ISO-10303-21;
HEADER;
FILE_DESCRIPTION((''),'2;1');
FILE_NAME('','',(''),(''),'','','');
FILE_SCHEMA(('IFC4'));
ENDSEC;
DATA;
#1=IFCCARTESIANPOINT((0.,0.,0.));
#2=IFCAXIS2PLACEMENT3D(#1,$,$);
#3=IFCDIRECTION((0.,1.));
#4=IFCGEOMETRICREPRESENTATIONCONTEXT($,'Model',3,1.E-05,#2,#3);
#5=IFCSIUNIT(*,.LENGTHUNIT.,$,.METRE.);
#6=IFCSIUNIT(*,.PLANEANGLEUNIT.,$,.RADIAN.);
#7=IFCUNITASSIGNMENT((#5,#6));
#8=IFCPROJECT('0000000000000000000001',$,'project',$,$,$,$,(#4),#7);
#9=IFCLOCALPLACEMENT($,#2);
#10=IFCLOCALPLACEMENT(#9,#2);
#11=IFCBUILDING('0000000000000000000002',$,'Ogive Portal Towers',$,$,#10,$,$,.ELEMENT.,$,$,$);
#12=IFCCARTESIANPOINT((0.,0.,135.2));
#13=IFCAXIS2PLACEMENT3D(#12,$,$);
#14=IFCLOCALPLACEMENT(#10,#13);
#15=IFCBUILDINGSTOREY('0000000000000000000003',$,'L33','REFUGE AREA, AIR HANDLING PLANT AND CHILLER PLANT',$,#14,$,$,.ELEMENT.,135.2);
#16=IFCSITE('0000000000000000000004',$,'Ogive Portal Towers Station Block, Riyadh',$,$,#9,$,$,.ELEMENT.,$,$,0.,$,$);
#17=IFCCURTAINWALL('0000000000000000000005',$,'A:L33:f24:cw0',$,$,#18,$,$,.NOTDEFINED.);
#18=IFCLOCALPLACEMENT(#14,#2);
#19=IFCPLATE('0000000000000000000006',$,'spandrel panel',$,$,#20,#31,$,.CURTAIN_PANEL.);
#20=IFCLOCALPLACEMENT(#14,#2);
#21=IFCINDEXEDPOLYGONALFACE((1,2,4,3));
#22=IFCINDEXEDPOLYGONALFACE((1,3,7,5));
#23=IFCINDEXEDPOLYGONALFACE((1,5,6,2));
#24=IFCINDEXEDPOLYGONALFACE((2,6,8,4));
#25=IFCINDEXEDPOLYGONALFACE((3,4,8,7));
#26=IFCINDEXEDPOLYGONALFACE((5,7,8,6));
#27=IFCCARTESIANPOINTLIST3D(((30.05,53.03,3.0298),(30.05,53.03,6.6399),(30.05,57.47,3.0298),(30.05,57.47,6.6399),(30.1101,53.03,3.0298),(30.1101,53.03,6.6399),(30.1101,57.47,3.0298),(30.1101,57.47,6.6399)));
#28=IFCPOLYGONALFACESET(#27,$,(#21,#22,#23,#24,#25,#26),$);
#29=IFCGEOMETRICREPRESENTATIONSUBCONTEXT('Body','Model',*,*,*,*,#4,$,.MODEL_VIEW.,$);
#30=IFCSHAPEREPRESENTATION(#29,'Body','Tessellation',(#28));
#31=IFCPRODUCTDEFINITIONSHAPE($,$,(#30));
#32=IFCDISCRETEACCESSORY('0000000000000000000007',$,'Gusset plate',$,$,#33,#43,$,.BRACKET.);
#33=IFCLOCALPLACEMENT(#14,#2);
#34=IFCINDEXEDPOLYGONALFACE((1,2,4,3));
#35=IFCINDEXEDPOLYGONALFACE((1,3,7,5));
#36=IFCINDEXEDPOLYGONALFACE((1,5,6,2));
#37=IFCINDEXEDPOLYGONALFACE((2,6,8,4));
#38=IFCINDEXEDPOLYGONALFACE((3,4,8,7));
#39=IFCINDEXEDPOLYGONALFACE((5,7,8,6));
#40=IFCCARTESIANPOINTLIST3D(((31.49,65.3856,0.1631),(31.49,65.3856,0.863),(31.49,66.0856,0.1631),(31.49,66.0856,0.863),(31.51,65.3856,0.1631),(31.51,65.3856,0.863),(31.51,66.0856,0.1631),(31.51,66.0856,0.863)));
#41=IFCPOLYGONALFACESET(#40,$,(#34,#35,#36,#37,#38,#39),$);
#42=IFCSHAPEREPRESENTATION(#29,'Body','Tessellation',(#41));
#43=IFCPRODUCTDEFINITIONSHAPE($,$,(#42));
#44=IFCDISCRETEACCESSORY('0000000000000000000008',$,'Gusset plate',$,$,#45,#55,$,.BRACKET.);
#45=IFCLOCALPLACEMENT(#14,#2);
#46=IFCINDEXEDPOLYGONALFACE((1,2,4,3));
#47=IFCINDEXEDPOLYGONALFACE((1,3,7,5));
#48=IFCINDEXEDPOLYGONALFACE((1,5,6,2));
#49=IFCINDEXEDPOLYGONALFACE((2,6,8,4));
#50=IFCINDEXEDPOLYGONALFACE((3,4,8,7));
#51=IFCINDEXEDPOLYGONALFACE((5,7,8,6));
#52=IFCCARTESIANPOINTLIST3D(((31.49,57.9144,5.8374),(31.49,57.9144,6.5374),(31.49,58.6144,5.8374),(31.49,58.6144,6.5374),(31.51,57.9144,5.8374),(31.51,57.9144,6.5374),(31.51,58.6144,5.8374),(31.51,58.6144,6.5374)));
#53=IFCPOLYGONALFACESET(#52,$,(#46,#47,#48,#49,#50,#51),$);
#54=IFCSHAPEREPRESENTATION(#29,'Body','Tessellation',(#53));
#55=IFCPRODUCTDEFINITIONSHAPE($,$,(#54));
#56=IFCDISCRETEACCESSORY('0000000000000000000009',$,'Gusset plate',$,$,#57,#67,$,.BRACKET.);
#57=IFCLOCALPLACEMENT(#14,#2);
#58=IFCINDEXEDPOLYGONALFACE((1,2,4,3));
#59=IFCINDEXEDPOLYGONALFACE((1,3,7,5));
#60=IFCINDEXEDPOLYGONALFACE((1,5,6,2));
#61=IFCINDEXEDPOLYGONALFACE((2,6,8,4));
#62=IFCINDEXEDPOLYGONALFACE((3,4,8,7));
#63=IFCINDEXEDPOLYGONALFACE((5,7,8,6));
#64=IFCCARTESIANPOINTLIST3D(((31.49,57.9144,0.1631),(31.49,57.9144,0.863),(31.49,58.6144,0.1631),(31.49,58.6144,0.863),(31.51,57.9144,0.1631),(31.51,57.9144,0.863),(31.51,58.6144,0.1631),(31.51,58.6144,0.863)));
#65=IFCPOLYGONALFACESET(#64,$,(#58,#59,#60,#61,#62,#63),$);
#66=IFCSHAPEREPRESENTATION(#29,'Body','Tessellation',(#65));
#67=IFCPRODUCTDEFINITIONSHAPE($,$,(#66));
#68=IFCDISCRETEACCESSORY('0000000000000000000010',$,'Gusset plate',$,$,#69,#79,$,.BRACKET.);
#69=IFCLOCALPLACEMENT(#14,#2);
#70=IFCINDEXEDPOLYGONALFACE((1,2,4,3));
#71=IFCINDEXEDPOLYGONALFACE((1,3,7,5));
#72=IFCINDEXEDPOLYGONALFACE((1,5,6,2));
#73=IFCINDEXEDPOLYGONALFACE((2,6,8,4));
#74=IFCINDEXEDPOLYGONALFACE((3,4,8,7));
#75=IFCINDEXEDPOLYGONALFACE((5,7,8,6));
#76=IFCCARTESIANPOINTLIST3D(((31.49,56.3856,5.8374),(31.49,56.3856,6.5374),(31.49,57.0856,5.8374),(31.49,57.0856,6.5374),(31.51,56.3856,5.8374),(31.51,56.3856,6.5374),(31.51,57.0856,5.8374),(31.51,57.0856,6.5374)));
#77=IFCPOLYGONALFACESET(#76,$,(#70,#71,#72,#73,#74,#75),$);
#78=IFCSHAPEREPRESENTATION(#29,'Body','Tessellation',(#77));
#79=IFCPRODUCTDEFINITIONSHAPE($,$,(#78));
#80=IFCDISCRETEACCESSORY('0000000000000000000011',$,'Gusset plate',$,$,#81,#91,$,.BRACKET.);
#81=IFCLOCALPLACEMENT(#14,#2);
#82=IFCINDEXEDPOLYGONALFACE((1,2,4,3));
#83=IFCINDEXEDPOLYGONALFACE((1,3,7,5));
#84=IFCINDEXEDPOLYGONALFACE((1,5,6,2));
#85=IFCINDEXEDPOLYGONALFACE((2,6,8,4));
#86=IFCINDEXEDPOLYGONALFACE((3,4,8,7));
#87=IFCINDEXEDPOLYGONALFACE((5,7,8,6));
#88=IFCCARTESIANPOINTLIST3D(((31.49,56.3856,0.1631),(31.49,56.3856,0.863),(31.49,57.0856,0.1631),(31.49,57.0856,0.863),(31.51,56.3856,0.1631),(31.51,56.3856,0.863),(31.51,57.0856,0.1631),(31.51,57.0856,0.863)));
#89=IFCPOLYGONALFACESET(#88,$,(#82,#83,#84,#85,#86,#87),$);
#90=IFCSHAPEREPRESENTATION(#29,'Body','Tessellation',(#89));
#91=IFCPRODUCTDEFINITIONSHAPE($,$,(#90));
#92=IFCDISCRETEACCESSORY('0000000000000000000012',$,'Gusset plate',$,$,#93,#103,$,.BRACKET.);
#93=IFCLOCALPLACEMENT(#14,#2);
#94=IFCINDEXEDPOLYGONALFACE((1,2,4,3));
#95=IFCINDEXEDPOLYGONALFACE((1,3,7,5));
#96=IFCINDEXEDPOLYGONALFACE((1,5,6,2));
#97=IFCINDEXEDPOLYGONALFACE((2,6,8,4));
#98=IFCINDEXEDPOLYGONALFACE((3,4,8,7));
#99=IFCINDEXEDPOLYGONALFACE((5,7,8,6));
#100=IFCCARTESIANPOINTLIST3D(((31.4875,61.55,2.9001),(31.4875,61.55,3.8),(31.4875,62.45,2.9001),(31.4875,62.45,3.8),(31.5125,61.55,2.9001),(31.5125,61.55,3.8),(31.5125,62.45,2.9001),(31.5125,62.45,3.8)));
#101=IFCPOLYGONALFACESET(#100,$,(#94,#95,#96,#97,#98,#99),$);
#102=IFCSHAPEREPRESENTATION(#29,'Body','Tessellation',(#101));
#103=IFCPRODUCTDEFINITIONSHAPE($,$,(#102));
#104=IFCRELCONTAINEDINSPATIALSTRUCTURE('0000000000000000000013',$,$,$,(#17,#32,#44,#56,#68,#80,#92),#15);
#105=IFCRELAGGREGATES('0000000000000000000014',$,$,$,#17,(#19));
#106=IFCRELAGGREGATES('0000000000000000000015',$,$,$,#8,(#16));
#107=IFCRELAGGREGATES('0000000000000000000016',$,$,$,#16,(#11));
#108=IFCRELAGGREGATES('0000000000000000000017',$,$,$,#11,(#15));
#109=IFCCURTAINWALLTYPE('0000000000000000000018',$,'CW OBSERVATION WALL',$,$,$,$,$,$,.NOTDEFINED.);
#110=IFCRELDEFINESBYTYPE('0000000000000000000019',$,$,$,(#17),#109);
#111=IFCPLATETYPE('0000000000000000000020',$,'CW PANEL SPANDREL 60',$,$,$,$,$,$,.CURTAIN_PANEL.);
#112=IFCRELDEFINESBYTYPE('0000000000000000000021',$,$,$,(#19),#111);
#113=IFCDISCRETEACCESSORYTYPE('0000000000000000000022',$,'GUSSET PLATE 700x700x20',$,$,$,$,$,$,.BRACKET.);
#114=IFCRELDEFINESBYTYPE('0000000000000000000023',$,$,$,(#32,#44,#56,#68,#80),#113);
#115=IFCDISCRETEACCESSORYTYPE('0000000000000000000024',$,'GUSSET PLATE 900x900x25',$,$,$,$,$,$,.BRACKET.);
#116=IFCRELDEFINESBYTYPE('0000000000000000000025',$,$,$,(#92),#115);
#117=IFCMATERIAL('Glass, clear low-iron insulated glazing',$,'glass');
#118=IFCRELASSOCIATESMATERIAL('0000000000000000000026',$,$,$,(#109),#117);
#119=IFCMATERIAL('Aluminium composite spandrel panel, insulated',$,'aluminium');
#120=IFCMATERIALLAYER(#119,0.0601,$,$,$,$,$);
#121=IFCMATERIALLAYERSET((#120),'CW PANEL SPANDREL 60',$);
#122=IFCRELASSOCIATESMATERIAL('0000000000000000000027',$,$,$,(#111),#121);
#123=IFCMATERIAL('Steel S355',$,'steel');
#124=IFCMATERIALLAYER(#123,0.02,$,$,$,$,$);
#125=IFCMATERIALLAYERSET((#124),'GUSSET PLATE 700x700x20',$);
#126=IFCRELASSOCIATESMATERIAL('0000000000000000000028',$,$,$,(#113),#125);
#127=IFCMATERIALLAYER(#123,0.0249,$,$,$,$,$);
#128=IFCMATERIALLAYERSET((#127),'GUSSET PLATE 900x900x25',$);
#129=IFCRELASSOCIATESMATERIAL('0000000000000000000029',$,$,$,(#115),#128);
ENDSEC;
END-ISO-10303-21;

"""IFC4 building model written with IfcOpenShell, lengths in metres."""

from ifc_helpers import new_model, si_unit, direction, frame, origin, origin_2d, place, context, subcontext, project, spatial, rectangle, extrude, material, layer, layer_set, type_object, element, aggregate, save


model = new_model("IFC4")

# Units and contexts
model_context = context("Model", 3, precision=1e-05, world=origin(), true_north=direction((0.0, 1.0)))
body_context = subcontext(model_context, "Body", "Model", "MODEL_VIEW")
ifc_project = project(units=[si_unit("LENGTHUNIT", "METRE"), si_unit("PLANEANGLEUNIT", "RADIAN")], contexts=[model_context])

# Site, building, storey
site_placement = place(None, origin())
site = spatial("IfcSite", under=ifc_project, at=site_placement, Name="Ogive Portal Towers Station Block, Riyadh", CompositionType="ELEMENT", RefElevation=0.0)
building_placement = place(site_placement, origin())
building = spatial("IfcBuilding", under=site, at=building_placement, Name="Ogive Portal Towers", CompositionType="ELEMENT")
storey_placement = place(building_placement, frame((0.0, 0.0, 135.2)))
storey = spatial("IfcBuildingStorey", under=building, at=storey_placement, Name="L33", Description="REFUGE AREA, AIR HANDLING PLANT AND CHILLER PLANT", CompositionType="ELEMENT", Elevation=135.2)

# Shared definitions
ifc_material_1 = material(Name="Steel S355", Category="steel")

# Curtain wall
ifc_material_2 = material(Name="Glass, clear low-iron insulated glazing", Category="glass")
curtain_wall_type = type_object("IfcCurtainWallType", Name="CW OBSERVATION WALL", PredefinedType="NOTDEFINED", material=ifc_material_2)
curtain_wall_placement = place(storey_placement, origin())
curtain_wall = element("IfcCurtainWall", 1, at=curtain_wall_placement, inside=storey, type_object=curtain_wall_type, Name="A:L33:f24:cw0", PredefinedType="NOTDEFINED")

# Plate
ifc_material_3 = material(Name="Aluminium composite spandrel panel, insulated", Category="aluminium")
ifc_layer_1 = layer(ifc_material_3, 0.0601)
ifc_layer_set_1 = layer_set([ifc_layer_1], Name="CW PANEL SPANDREL 60")
plate_type = type_object("IfcPlateType", Name="CW PANEL SPANDREL 60", PredefinedType="CURTAIN_PANEL", material=ifc_layer_set_1)
plate_1_placement = place(storey_placement, frame((30.0801, 55.25, 3.0298), z_axis=(0.0, 0.0, 1.0), x_axis=(0.0, -1.0, 0.0)))
plate_1 = element("IfcPlate", 2, at=plate_1_placement, type_object=plate_type, Name="spandrel panel", PredefinedType="CURTAIN_PANEL", context=body_context, shape_type="SweptSolid", body=[
    extrude(rectangle(XDim=4.4399, YDim=0.0601, at=origin_2d()), origin(), (0.0, 0.0, 1.0), 3.6101),
])
aggregate(curtain_wall, [plate_1])

# Discrete accessories
ifc_layer_2 = layer(ifc_material_1, 0.02)
ifc_layer_set_2 = layer_set([ifc_layer_2], Name="GUSSET PLATE 700x700x20")
discrete_accessory_type_1 = type_object("IfcDiscreteAccessoryType", Name="GUSSET PLATE 700x700x20", PredefinedType="BRACKET", material=ifc_layer_set_2)
for number, where, z_axis, x_axis, name in (
    (3, (31.5, 65.7356, 0.1631), (0.0, 0.0, 1.0), (0.0, -1.0, 0.0), "Gusset plate"),
    (4, (31.5, 58.2644, 5.8374), (0.0, 0.0, 1.0), (0.0, -1.0, 0.0), "Gusset plate"),
    (5, (31.5, 58.2644, 0.1631), (0.0, 0.0, 1.0), (0.0, -1.0, 0.0), "Gusset plate"),
    (6, (31.5, 56.7356, 5.8374), (0.0, 0.0, 1.0), (0.0, -1.0, 0.0), "Gusset plate"),
    (7, (31.5, 56.7356, 0.1631), (0.0, 0.0, 1.0), (0.0, -1.0, 0.0), "Gusset plate"),
):
    element("IfcDiscreteAccessory", number, at=place(storey_placement, frame(where, z_axis=z_axis, x_axis=x_axis)), inside=storey, type_object=discrete_accessory_type_1, Name=name, PredefinedType="BRACKET", context=body_context, shape_type="SweptSolid", body=[
        extrude(rectangle(XDim=0.7, YDim=0.02, at=origin_2d()), origin(), (0.0, 0.0, 1.0), 0.7),
    ])
ifc_layer_3 = layer(ifc_material_1, 0.0249)
ifc_layer_set_3 = layer_set([ifc_layer_3], Name="GUSSET PLATE 900x900x25")
discrete_accessory_type_2 = type_object("IfcDiscreteAccessoryType", Name="GUSSET PLATE 900x900x25", PredefinedType="BRACKET", material=ifc_layer_set_3)
discrete_accessory_placement = place(storey_placement, frame((31.5, 62.0, 2.9001), z_axis=(0.0, 0.0, 1.0), x_axis=(0.0, -1.0, 0.0)))
element("IfcDiscreteAccessory", 8, at=discrete_accessory_placement, inside=storey, type_object=discrete_accessory_type_2, Name="Gusset plate", PredefinedType="BRACKET", context=body_context, shape_type="SweptSolid", body=[
    extrude(rectangle(XDim=0.8999, YDim=0.0249, at=origin_2d()), origin(), (0.0, 0.0, 1.0), 0.8999),
])

save(model, "model.ifc")
